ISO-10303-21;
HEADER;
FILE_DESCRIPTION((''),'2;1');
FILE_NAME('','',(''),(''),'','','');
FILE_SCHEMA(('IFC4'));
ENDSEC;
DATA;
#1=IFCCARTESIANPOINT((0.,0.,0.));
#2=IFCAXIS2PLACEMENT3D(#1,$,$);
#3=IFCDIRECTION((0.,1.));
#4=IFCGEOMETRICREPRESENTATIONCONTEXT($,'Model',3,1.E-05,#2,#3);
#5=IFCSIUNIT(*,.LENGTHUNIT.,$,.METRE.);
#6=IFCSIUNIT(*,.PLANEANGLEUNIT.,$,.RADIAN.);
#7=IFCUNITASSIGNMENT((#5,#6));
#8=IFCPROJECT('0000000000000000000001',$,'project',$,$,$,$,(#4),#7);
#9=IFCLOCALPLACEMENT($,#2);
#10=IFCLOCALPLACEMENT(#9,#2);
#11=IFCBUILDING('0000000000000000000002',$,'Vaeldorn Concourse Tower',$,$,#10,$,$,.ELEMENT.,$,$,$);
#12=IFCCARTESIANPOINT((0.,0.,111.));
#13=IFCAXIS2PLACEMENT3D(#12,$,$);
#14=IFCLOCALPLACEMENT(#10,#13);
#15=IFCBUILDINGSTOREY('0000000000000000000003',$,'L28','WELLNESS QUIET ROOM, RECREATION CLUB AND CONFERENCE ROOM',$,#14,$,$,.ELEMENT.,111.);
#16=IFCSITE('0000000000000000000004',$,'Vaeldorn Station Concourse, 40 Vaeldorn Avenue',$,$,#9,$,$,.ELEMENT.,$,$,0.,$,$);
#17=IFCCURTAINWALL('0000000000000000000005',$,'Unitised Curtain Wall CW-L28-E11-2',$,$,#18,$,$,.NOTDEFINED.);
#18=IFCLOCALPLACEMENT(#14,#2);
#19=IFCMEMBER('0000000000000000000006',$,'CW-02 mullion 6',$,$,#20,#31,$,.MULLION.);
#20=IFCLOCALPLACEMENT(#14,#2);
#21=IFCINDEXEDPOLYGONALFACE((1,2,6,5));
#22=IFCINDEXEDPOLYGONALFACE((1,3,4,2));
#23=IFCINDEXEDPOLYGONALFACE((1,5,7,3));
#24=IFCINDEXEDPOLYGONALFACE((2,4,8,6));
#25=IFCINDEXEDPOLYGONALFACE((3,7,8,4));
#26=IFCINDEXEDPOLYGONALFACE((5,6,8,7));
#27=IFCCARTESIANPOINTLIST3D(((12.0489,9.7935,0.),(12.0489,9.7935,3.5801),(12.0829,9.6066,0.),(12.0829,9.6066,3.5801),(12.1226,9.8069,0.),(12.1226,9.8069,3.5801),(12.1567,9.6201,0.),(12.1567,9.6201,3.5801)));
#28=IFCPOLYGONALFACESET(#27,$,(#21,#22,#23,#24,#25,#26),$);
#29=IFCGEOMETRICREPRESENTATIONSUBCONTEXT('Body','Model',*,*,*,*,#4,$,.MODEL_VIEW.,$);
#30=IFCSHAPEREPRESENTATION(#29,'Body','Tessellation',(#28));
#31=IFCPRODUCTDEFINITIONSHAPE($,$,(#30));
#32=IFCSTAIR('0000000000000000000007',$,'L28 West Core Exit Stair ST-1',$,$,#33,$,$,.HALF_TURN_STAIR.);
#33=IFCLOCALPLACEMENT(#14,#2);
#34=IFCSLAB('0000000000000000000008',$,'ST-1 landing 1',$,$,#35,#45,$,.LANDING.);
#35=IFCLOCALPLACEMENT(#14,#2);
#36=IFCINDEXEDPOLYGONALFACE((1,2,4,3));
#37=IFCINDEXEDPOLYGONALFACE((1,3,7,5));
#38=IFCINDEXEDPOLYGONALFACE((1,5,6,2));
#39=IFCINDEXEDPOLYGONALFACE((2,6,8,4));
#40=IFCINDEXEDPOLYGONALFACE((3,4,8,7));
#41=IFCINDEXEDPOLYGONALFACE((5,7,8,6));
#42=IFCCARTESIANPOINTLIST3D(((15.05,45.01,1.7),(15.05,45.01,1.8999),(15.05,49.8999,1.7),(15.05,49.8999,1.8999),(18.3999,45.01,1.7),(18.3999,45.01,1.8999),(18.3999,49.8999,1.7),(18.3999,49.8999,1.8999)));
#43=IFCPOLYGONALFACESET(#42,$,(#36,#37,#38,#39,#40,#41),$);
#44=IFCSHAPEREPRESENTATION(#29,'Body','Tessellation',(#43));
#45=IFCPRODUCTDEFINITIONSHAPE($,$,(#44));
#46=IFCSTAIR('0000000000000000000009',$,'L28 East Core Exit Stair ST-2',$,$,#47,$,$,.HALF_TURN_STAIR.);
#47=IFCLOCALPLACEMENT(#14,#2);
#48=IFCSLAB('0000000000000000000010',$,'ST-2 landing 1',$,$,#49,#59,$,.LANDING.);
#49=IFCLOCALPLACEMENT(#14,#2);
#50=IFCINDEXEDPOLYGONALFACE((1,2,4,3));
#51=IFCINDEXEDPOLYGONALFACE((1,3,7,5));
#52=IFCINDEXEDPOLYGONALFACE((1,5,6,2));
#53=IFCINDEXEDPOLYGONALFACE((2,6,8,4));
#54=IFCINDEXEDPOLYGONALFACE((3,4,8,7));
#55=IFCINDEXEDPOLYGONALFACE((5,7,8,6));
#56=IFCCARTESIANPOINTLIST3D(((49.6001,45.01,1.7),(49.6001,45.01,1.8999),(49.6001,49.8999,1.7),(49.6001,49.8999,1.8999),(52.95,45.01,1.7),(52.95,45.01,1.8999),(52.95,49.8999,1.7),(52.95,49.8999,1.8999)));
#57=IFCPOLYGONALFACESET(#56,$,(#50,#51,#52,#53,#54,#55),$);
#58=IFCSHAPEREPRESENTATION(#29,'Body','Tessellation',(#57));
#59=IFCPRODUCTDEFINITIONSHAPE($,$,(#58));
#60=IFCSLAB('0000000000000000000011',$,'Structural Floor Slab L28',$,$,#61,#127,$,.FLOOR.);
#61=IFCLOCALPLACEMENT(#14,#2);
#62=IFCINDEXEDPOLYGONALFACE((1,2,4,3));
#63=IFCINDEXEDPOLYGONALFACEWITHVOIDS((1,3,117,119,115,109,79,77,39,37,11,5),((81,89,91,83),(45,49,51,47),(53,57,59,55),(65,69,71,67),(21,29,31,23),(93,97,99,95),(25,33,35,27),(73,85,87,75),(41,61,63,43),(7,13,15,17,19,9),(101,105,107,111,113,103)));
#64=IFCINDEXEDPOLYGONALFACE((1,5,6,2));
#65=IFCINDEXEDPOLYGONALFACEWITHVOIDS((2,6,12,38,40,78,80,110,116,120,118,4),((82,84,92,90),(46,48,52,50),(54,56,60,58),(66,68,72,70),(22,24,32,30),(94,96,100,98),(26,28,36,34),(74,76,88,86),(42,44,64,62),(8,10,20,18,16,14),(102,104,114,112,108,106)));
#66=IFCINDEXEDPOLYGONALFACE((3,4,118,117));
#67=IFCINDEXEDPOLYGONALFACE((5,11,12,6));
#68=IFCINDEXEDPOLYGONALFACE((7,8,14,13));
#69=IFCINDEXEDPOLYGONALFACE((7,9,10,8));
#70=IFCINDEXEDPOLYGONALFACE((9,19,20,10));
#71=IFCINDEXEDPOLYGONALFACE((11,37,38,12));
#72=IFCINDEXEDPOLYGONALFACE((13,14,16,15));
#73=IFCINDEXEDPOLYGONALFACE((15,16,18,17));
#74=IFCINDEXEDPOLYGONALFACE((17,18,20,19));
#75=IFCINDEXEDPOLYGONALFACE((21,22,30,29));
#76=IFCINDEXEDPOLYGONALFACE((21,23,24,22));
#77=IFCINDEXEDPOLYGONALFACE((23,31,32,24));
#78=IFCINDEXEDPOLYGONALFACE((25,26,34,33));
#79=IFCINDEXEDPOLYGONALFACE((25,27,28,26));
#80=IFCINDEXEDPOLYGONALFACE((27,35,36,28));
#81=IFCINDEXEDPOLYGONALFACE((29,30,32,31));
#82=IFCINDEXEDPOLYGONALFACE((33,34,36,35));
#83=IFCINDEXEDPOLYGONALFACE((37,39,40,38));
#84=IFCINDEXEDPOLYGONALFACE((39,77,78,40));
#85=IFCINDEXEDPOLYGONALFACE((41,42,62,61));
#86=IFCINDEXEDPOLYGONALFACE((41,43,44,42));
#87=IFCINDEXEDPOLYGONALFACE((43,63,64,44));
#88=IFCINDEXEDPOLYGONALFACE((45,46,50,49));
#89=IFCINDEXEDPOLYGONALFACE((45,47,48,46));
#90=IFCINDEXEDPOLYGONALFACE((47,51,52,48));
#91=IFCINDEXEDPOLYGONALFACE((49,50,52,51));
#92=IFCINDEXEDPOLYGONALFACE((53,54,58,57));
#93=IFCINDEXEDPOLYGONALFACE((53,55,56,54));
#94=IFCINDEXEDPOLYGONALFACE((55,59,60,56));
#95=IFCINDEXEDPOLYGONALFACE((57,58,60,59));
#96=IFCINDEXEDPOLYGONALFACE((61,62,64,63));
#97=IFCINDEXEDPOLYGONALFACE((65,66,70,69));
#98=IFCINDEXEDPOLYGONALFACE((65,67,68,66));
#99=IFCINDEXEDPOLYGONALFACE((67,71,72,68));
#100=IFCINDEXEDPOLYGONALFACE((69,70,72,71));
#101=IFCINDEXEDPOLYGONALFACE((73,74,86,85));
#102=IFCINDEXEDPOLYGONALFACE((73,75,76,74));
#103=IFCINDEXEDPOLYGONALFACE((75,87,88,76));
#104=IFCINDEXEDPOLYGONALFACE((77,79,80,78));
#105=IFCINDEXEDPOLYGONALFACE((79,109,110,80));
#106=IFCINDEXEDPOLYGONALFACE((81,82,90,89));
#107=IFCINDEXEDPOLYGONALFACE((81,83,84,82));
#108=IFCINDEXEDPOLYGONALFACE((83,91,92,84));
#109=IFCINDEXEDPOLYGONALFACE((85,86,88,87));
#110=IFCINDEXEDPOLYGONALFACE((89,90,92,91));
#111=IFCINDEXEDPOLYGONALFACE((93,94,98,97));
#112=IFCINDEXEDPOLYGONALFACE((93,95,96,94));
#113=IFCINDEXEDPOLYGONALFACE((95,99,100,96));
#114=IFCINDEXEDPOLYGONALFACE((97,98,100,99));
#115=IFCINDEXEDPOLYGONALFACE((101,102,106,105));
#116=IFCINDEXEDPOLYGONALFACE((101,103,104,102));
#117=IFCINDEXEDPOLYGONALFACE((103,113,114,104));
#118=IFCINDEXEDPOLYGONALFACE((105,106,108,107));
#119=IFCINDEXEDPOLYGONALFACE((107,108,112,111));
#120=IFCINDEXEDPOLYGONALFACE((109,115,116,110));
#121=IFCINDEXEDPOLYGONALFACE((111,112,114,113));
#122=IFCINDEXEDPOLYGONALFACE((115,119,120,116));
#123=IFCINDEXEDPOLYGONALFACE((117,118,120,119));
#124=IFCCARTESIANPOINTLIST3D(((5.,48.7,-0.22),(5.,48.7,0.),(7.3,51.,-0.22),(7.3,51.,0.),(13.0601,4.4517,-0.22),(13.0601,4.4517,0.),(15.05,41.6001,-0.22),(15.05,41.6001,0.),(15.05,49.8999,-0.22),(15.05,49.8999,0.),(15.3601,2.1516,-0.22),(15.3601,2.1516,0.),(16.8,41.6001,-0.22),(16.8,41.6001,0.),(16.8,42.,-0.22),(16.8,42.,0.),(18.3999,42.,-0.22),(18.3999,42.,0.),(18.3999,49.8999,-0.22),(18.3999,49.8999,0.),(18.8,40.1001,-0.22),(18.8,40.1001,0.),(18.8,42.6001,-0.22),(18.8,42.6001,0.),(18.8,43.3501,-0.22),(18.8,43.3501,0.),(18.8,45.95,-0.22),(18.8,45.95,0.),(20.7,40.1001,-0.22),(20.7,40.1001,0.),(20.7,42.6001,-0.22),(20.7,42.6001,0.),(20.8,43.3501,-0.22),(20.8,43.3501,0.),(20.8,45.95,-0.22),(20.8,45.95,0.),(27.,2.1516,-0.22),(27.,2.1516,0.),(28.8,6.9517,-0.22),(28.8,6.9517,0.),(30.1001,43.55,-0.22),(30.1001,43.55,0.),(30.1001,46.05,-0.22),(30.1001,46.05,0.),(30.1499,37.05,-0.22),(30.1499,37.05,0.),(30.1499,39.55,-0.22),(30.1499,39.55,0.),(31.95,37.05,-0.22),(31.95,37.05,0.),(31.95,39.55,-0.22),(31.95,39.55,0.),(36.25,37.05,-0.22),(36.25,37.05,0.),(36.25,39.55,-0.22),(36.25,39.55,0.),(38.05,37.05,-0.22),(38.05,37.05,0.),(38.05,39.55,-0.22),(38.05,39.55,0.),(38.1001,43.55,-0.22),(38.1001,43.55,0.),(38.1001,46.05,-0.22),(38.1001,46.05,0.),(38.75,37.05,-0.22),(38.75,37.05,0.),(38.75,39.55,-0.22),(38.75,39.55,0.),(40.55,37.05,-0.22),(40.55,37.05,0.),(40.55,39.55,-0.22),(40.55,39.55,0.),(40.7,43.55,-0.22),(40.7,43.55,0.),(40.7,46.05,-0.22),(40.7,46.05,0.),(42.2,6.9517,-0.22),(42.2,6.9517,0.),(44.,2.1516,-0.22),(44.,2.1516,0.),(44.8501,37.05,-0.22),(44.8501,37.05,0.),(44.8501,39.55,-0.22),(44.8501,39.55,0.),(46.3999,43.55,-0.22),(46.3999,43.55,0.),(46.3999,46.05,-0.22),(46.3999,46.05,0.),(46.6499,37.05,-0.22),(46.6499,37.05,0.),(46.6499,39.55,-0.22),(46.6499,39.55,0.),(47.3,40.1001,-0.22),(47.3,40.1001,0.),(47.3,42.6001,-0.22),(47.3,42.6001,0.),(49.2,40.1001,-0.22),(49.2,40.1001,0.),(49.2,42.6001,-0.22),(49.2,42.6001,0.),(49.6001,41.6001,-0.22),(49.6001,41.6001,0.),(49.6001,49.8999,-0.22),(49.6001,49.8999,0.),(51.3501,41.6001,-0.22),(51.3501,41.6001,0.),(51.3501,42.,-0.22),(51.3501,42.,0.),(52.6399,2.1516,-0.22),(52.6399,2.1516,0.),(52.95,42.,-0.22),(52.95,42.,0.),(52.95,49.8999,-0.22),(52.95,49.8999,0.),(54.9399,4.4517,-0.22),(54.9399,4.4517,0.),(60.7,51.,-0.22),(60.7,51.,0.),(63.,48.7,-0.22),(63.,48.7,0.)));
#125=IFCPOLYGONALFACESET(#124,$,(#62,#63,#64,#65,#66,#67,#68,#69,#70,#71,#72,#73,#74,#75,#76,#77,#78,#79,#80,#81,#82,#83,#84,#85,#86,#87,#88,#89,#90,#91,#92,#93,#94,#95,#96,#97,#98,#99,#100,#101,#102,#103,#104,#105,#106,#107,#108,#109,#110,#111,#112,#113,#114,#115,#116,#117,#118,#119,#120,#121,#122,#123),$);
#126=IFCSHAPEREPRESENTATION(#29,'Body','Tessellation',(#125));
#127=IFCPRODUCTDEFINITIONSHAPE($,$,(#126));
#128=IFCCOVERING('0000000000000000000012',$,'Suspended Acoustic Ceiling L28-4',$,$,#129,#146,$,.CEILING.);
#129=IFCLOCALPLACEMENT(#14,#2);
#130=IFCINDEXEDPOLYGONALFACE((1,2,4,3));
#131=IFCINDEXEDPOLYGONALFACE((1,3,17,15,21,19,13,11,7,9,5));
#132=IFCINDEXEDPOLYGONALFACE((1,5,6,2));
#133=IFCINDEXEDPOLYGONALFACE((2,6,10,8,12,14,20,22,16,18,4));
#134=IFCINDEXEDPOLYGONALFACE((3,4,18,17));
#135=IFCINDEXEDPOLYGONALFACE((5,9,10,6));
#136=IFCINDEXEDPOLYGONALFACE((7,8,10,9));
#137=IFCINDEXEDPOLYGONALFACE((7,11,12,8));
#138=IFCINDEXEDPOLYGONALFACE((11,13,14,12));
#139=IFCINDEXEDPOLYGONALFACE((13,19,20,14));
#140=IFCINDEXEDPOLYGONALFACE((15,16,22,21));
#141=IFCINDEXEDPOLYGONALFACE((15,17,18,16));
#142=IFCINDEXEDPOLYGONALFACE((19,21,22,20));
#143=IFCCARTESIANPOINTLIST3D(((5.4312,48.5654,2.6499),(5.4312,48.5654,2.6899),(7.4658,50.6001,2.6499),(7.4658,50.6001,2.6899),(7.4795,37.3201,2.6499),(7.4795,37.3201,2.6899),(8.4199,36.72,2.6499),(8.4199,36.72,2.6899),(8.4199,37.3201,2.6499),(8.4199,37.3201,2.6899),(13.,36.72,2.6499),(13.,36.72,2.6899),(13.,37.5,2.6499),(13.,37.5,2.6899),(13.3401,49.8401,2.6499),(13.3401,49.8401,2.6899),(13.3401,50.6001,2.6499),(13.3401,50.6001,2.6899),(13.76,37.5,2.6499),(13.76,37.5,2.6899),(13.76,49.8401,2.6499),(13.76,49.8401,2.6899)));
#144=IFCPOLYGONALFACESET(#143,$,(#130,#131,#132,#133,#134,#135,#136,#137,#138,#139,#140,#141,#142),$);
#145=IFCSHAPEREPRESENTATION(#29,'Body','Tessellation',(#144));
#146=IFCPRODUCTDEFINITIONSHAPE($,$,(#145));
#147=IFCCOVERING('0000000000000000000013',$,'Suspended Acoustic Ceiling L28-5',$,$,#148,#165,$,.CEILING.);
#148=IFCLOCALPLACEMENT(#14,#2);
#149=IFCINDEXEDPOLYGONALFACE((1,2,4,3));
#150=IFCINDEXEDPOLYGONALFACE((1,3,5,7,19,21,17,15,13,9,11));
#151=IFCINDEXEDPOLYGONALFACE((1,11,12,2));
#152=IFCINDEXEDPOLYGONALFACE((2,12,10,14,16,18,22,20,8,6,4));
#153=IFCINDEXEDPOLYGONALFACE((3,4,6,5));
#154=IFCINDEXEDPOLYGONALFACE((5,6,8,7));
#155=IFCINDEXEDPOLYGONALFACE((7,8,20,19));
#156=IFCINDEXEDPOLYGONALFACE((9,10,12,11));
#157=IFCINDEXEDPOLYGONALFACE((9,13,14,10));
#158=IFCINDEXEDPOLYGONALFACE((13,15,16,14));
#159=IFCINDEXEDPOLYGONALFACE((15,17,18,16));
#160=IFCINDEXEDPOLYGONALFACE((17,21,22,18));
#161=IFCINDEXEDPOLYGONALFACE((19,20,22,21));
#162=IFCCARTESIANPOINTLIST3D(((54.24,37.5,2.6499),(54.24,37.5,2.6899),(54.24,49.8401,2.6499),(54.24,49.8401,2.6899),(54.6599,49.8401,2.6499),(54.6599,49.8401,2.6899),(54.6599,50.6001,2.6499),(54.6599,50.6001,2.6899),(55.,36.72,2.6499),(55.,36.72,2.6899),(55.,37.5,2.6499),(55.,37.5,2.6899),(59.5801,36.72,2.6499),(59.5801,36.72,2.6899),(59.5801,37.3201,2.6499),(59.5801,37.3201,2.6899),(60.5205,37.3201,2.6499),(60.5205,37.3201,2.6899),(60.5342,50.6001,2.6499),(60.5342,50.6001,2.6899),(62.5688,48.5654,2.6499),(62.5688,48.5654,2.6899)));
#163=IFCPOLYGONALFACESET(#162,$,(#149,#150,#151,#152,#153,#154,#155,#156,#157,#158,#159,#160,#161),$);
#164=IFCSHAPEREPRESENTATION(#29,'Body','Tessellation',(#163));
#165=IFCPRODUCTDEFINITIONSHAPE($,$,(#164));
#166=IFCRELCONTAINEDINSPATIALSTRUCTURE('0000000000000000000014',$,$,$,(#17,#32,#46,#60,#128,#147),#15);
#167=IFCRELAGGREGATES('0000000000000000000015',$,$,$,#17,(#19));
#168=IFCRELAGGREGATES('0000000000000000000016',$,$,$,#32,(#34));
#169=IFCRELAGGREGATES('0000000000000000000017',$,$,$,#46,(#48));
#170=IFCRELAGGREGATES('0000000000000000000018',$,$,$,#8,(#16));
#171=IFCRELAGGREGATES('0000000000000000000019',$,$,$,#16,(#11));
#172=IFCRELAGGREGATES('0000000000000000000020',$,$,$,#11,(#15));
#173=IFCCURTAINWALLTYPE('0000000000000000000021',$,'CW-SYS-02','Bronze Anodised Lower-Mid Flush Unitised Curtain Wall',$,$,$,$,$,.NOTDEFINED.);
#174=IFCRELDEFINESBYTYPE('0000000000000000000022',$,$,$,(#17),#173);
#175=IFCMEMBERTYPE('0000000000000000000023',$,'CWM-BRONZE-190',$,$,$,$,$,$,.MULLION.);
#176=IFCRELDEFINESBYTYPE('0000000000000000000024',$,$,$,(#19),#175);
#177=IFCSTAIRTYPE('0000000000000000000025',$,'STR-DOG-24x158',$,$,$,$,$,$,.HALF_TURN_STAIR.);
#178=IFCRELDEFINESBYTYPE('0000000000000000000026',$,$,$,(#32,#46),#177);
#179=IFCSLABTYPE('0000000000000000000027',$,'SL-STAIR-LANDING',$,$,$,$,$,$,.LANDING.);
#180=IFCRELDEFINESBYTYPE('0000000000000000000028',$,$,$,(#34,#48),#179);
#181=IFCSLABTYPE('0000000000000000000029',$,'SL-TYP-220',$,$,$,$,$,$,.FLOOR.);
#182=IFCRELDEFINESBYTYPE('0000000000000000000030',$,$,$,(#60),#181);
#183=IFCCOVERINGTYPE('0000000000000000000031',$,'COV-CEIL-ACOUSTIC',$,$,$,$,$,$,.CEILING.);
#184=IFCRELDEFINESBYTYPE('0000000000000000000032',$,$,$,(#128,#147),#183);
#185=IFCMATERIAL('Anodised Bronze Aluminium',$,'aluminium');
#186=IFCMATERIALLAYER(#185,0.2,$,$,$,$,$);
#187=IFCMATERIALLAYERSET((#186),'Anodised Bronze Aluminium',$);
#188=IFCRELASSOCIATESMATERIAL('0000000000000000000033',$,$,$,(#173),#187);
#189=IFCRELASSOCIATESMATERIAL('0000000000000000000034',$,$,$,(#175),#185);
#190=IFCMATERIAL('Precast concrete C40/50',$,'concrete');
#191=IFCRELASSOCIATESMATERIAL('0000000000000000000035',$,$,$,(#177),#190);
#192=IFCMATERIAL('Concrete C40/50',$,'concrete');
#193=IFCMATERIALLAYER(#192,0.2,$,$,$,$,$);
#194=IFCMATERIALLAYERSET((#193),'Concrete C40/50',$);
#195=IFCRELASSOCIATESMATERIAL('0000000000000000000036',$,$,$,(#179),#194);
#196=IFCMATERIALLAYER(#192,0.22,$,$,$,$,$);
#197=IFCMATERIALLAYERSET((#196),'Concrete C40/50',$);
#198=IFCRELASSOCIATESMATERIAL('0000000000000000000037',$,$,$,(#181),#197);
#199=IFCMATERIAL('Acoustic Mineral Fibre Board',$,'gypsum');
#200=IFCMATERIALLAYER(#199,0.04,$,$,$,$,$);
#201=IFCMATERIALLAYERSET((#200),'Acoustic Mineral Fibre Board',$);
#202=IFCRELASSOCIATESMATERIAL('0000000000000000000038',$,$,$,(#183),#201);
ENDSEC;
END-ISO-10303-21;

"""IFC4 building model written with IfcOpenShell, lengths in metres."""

from ifc_helpers import new_model, si_unit, direction, frame, origin, origin_2d, place, context, subcontext, project, spatial, polyline, rectangle, outline, extrude, source, transform, mapped, material, layer, layer_set, material_profile, profile_set, type_object, element, aggregate, save


model = new_model("IFC4")

# Units and contexts
model_context = context("Model", 3, precision=1e-05, world=origin(), true_north=direction((0.0, 1.0)))
body_context = subcontext(model_context, "Body", "Model", "MODEL_VIEW")
ifc_project = project(units=[si_unit("LENGTHUNIT", "METRE"), si_unit("PLANEANGLEUNIT", "RADIAN")], contexts=[model_context])

# Site, building, storey
site_placement = place(None, origin())
site = spatial("IfcSite", under=ifc_project, at=site_placement, Name="Vaeldorn Station Concourse, 40 Vaeldorn Avenue", CompositionType="ELEMENT", RefElevation=0.0)
building_placement = place(site_placement, origin())
building = spatial("IfcBuilding", under=site, at=building_placement, Name="Vaeldorn Concourse Tower", CompositionType="ELEMENT")
storey_placement = place(building_placement, frame((0.0, 0.0, 111.0)))
storey = spatial("IfcBuildingStorey", under=building, at=storey_placement, Name="L28", Description="WELLNESS QUIET ROOM, RECREATION CLUB AND CONFERENCE ROOM", CompositionType="ELEMENT", Elevation=111.0)

# Curtain wall, member
ifc_material_1 = material(Name="Anodised Bronze Aluminium", Category="aluminium")
ifc_layer_1 = layer(ifc_material_1, 0.2)
ifc_layer_set_1 = layer_set([ifc_layer_1], Name="Anodised Bronze Aluminium")
curtain_wall_type = type_object("IfcCurtainWallType", Name="CW-SYS-02", Description="Bronze Anodised Lower-Mid Flush Unitised Curtain Wall", PredefinedType="NOTDEFINED", material=ifc_layer_set_1)
curtain_wall_placement = place(storey_placement, origin())
curtain_wall = element("IfcCurtainWall", 1, at=curtain_wall_placement, inside=storey, type_object=curtain_wall_type, Name="Unitised Curtain Wall CW-L28-E11-2", PredefinedType="NOTDEFINED")
ifc_material_profile = material_profile(ifc_material_1, rectangle(XDim=0.075, YDim=0.1899, at=origin_2d()), Name="CWM 75x190")
ifc_profile_set = profile_set([ifc_material_profile], Name="Anodised Bronze Aluminium")
member_type = type_object("IfcMemberType", Name="CWM-BRONZE-190", PredefinedType="MULLION", material=ifc_profile_set)
shared_shape = source(origin(), body_context, "Body", "SweptSolid", [
    extrude(rectangle(XDim=0.075, YDim=0.1899, at=origin_2d()), origin(), (0.0, 0.0, 1.0), 3.5801),
])
member_placement = place(storey_placement, frame((12.1028, 9.7068, 0.0), z_axis=(0.0, 0.0, 1.0), x_axis=(0.983812, 0.179206, 0.0)))
member = element("IfcMember", 2, at=member_placement, type_object=member_type, Name="CW-02 mullion 6", PredefinedType="MULLION", context=body_context, shape_type="MappedRepresentation", body=[
    mapped(shared_shape, transform((0.0, 0.0, 0.0), scale=1.0)),
])
aggregate(curtain_wall, [member])

# Stairs, slabs
ifc_material_2 = material(Name="Precast concrete C40/50", Category="concrete")
stair_type = type_object("IfcStairType", Name="STR-DOG-24x158", PredefinedType="HALF_TURN_STAIR", material=ifc_material_2)
stair_1_placement = place(storey_placement, origin())
stair_1 = element("IfcStair", 3, at=stair_1_placement, inside=storey, type_object=stair_type, Name="L28 West Core Exit Stair ST-1", PredefinedType="HALF_TURN_STAIR")
ifc_material_3 = material(Name="Concrete C40/50", Category="concrete")
ifc_layer_2 = layer(ifc_material_3, 0.2)
ifc_layer_set_2 = layer_set([ifc_layer_2], Name="Concrete C40/50")
slab_type_1 = type_object("IfcSlabType", Name="SL-STAIR-LANDING", PredefinedType="LANDING", material=ifc_layer_set_2)
slab_1_placement = place(storey_placement, frame((0.0, 0.0, 1.7)))
slab_1 = element("IfcSlab", 4, at=slab_1_placement, type_object=slab_type_1, Name="ST-1 landing 1", PredefinedType="LANDING", context=body_context, shape_type="SweptSolid", body=[
    extrude(outline(polyline([(18.3999, 45.01), (18.3999, 49.8999), (15.05, 49.8999), (15.05, 45.01), (18.3999, 45.01)])), origin(), (0.0, 0.0, 1.0), 0.2),
])
aggregate(stair_1, [slab_1])
stair_2_placement = place(storey_placement, origin())
stair_2 = element("IfcStair", 5, at=stair_2_placement, inside=storey, type_object=stair_type, Name="L28 East Core Exit Stair ST-2", PredefinedType="HALF_TURN_STAIR")
slab_2_placement = place(storey_placement, frame((0.0, 0.0, 1.7)))
slab_2 = element("IfcSlab", 6, at=slab_2_placement, type_object=slab_type_1, Name="ST-2 landing 1", PredefinedType="LANDING", context=body_context, shape_type="SweptSolid", body=[
    extrude(outline(polyline([(52.95, 45.01), (52.95, 49.8999), (49.6001, 49.8999), (49.6001, 45.01), (52.95, 45.01)])), origin(), (0.0, 0.0, 1.0), 0.2),
])
aggregate(stair_2, [slab_2])

# Slab
ifc_layer_3 = layer(ifc_material_3, 0.22)
ifc_layer_set_3 = layer_set([ifc_layer_3], Name="Concrete C40/50")
slab_type_2 = type_object("IfcSlabType", Name="SL-TYP-220", PredefinedType="FLOOR", material=ifc_layer_set_3)
slab_3_placement = place(storey_placement, frame((0.0, 0.0, -0.22)))
element("IfcSlab", 7, at=slab_3_placement, inside=storey, type_object=slab_type_2, Name="Structural Floor Slab L28", PredefinedType="FLOOR", context=body_context, shape_type="SweptSolid", body=[
    extrude(outline(polyline([(15.3601, 2.1516), (27.0, 2.1516), (28.8, 6.9517), (42.2, 6.9517), (44.0, 2.1516), (52.6399, 2.1516), (54.9399, 4.4517), (63.0, 48.7), (60.7, 51.0), (7.3, 51.0), (5.0, 48.7), (13.0601, 4.4517), (15.3601, 2.1516)]), holes=[polyline([(18.3999, 42.0), (18.3999, 49.8999), (15.05, 49.8999), (15.05, 41.6001), (16.8, 41.6001), (16.8, 42.0), (18.3999, 42.0)]), polyline([(52.95, 42.0), (52.95, 49.8999), (49.6001, 49.8999), (49.6001, 41.6001), (51.3501, 41.6001), (51.3501, 42.0), (52.95, 42.0)]), polyline([(30.1499, 37.05), (31.95, 37.05), (31.95, 39.55), (30.1499, 39.55), (30.1499, 37.05)]), polyline([(36.25, 37.05), (38.05, 37.05), (38.05, 39.55), (36.25, 39.55), (36.25, 37.05)]), polyline([(30.1001, 43.55), (38.1001, 43.55), (38.1001, 46.05), (30.1001, 46.05), (30.1001, 43.55)]), polyline([(38.75, 37.05), (40.55, 37.05), (40.55, 39.55), (38.75, 39.55), (38.75, 37.05)]), polyline([(44.8501, 37.05), (46.6499, 37.05), (46.6499, 39.55), (44.8501, 39.55), (44.8501, 37.05)]), polyline([(40.7, 43.55), (46.3999, 43.55), (46.3999, 46.05), (40.7, 46.05), (40.7, 43.55)]), polyline([(18.8, 43.3501), (20.8, 43.3501), (20.8, 45.95), (18.8, 45.95), (18.8, 43.3501)]), polyline([(18.8, 40.1001), (20.7, 40.1001), (20.7, 42.6001), (18.8, 42.6001), (18.8, 40.1001)]), polyline([(47.3, 40.1001), (49.2, 40.1001), (49.2, 42.6001), (47.3, 42.6001), (47.3, 40.1001)])]), origin(), (0.0, 0.0, 1.0), 0.22),
])

# Coverings
ifc_material_4 = material(Name="Acoustic Mineral Fibre Board", Category="gypsum")
ifc_layer_4 = layer(ifc_material_4, 0.04)
ifc_layer_set_4 = layer_set([ifc_layer_4], Name="Acoustic Mineral Fibre Board")
covering_type_1 = type_object("IfcCoveringType", Name="COV-CEIL-ACOUSTIC", PredefinedType="CEILING", material=ifc_layer_set_4)
covering_1_placement = place(storey_placement, frame((0.0, 0.0, 2.6499)))
element("IfcCovering", 8, at=covering_1_placement, inside=storey, type_object=covering_type_1, Name="Suspended Acoustic Ceiling L28-4", PredefinedType="CEILING", context=body_context, shape_type="SweptSolid", body=[
    extrude(outline(polyline([(7.4658, 50.6001), (13.3401, 50.6001), (13.3401, 49.8401), (13.76, 49.8401), (13.76, 37.5), (13.0, 37.5), (13.0, 36.72), (8.4199, 36.72), (8.4199, 37.3201), (7.4795, 37.3201), (5.4312, 48.5654), (7.4658, 50.6001)])), origin(), (0.0, 0.0, 1.0), 0.04),
])
covering_2_placement = place(storey_placement, frame((0.0, 0.0, 2.6499)))
element("IfcCovering", 9, at=covering_2_placement, inside=storey, type_object=covering_type_1, Name="Suspended Acoustic Ceiling L28-5", PredefinedType="CEILING", context=body_context, shape_type="SweptSolid", body=[
    extrude(outline(polyline([(54.6599, 49.8401), (54.6599, 50.6001), (60.5342, 50.6001), (62.5688, 48.5654), (60.5205, 37.3201), (59.5801, 37.3201), (59.5801, 36.72), (55.0, 36.72), (55.0, 37.5), (54.24, 37.5), (54.24, 49.8401), (54.6599, 49.8401)])), origin(), (0.0, 0.0, 1.0), 0.04),
])

save(model, "model.ifc")
